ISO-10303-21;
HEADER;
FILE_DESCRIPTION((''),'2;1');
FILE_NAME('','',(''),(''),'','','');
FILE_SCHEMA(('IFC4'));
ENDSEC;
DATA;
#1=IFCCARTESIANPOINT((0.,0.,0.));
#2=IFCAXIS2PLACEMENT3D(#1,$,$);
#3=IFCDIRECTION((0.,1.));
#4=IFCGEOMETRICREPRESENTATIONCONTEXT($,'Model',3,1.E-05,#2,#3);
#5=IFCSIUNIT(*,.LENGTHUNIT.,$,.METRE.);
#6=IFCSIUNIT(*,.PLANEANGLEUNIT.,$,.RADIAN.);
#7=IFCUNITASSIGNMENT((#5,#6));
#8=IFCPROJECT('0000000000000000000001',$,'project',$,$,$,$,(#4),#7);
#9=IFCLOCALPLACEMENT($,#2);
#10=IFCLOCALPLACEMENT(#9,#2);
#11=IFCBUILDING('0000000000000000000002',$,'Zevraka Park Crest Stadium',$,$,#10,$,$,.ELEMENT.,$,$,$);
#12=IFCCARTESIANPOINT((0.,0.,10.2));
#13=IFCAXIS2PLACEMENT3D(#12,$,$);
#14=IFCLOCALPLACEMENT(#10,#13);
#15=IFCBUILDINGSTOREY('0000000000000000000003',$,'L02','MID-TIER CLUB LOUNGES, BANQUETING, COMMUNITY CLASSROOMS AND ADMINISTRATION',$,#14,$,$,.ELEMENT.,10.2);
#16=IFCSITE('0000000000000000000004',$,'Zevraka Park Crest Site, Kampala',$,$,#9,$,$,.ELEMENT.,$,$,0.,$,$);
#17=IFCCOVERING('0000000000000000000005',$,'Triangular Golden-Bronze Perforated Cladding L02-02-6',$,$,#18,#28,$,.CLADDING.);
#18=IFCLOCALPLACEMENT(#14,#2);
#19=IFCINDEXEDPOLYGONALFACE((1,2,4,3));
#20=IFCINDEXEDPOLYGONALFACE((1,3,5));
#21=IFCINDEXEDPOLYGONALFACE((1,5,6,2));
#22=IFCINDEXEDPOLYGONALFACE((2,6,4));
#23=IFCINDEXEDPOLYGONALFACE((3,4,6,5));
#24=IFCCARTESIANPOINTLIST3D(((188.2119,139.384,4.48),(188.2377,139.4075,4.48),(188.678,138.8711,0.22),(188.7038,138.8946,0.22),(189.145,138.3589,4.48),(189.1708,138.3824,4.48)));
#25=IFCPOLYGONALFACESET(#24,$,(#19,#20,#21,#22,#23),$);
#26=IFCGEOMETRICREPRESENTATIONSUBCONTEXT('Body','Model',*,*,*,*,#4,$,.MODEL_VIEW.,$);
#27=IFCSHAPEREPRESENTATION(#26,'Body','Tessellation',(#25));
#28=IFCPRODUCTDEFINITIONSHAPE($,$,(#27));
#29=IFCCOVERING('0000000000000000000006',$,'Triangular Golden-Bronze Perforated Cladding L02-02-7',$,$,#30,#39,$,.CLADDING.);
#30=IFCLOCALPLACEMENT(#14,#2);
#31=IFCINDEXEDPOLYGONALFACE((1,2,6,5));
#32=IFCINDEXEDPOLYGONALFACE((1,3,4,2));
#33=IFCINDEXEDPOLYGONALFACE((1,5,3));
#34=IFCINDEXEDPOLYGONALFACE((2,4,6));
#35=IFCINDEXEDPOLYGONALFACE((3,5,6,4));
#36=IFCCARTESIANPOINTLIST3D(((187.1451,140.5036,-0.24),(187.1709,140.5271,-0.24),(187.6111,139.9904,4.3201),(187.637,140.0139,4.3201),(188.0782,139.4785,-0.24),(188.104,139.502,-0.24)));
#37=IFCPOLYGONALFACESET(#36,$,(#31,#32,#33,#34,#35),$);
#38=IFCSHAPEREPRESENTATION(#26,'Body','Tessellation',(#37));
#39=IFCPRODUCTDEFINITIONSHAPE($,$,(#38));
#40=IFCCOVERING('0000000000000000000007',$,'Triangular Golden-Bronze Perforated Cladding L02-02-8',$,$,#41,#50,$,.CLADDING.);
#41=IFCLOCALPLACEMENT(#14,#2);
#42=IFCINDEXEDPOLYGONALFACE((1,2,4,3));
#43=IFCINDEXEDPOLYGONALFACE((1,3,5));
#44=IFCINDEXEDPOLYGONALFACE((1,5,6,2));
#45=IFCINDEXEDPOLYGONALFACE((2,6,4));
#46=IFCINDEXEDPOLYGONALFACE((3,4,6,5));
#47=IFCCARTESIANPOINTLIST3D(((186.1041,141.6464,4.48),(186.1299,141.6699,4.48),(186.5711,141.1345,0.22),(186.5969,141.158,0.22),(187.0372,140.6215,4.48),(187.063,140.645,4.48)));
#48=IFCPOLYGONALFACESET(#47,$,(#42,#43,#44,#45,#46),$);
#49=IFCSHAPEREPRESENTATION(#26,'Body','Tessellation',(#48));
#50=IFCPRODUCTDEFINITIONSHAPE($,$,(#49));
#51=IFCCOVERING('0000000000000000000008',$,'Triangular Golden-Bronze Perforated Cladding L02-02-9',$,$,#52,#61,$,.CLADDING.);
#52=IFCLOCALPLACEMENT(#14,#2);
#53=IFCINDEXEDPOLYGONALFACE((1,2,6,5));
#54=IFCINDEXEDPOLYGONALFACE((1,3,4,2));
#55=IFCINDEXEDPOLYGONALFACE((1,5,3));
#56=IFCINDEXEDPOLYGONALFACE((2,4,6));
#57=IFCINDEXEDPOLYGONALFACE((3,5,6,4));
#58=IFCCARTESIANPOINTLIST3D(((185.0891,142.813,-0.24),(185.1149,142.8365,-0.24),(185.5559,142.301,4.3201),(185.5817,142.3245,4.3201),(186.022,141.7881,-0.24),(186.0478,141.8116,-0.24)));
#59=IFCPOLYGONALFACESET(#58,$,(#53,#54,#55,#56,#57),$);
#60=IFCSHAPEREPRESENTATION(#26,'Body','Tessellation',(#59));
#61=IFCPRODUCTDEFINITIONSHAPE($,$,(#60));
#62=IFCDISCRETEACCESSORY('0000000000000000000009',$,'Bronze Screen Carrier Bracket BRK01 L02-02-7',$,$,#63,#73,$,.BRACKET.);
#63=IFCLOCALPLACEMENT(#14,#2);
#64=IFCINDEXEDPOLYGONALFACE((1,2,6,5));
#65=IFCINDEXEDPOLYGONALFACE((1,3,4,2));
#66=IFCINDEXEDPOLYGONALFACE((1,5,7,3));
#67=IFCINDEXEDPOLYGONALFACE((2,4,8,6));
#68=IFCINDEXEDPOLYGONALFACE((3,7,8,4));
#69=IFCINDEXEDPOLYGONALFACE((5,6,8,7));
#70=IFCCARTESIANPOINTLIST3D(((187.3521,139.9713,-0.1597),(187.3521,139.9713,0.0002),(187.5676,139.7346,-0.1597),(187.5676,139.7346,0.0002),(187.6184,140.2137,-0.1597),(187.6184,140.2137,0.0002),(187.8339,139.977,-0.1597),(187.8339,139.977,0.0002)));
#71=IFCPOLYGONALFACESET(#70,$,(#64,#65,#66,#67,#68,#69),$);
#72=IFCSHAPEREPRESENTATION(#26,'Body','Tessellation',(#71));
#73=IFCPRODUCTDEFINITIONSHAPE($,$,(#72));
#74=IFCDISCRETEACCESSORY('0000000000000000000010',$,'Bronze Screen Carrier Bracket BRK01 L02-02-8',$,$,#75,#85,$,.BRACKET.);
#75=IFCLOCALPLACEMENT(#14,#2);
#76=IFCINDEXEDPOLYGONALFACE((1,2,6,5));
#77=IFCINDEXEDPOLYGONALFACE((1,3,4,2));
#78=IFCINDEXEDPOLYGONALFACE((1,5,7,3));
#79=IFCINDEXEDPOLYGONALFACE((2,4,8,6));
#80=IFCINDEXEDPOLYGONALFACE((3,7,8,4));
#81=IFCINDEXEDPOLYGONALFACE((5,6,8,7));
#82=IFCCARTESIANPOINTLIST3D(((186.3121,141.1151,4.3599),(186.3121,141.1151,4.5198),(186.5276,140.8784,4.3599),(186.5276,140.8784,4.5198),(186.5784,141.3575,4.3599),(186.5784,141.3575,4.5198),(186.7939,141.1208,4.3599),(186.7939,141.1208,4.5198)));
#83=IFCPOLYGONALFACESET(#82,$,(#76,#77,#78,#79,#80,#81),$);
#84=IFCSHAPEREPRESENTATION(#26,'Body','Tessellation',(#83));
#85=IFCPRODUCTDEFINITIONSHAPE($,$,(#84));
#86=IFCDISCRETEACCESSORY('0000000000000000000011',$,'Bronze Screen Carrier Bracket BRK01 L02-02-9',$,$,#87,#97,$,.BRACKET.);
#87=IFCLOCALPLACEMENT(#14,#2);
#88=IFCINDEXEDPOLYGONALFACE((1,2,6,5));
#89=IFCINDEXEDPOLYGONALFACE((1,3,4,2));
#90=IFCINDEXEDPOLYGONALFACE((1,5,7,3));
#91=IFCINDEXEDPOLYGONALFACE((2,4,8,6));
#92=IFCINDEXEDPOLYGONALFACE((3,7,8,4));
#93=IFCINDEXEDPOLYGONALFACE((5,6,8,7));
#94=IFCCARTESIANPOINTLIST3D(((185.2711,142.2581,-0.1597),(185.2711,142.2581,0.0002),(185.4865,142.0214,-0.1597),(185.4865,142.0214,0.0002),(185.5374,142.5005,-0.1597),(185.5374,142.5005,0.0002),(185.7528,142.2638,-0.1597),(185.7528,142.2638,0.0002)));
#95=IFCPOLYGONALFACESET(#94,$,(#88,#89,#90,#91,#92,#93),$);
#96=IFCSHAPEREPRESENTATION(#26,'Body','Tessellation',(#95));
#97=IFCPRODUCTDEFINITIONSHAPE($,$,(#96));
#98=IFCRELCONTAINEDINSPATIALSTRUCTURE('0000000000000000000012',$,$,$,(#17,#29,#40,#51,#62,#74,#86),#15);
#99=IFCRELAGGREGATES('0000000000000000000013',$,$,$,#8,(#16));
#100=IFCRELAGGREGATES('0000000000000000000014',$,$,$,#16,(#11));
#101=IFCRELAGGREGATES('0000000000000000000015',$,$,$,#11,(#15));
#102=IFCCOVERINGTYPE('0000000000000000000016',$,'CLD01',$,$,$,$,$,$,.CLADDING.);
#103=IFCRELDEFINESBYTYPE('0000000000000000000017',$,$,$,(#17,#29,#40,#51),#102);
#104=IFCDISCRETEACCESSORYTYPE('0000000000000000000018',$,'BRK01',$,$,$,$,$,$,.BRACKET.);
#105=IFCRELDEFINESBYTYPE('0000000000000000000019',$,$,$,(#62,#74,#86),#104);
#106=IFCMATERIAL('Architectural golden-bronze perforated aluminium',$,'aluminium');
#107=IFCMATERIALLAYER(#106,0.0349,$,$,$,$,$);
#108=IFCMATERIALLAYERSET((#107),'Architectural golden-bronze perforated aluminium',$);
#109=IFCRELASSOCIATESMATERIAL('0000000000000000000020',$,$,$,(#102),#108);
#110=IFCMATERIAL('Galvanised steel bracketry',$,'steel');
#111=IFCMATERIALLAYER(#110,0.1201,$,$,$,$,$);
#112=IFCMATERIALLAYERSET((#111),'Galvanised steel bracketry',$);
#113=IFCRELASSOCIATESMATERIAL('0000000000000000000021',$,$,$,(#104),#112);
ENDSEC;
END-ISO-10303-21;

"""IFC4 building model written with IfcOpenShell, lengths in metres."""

from ifc_helpers import new_model, si_unit, direction, frame, origin, origin_2d, place, context, subcontext, project, spatial, polyline, rectangle, outline, extrude, material, layer, layer_set, type_object, element, save


model = new_model("IFC4")

# Units and contexts
model_context = context("Model", 3, precision=1e-05, world=origin(), true_north=direction((0.0, 1.0)))
body_context = subcontext(model_context, "Body", "Model", "MODEL_VIEW")
ifc_project = project(units=[si_unit("LENGTHUNIT", "METRE"), si_unit("PLANEANGLEUNIT", "RADIAN")], contexts=[model_context])

# Site, building, storey
site_placement = place(None, origin())
site = spatial("IfcSite", under=ifc_project, at=site_placement, Name="Zevraka Park Crest Site, Kampala", CompositionType="ELEMENT", RefElevation=0.0)
building_placement = place(site_placement, origin())
building = spatial("IfcBuilding", under=site, at=building_placement, Name="Zevraka Park Crest Stadium", CompositionType="ELEMENT")
storey_placement = place(building_placement, frame((0.0, 0.0, 10.2)))
storey = spatial("IfcBuildingStorey", under=building, at=storey_placement, Name="L02", Description="MID-TIER CLUB LOUNGES, BANQUETING, COMMUNITY CLASSROOMS AND ADMINISTRATION", CompositionType="ELEMENT", Elevation=10.2)

# Coverings
ifc_material_1 = material(Name="Architectural golden-bronze perforated aluminium", Category="aluminium")
ifc_layer_1 = layer(ifc_material_1, 0.0349)
ifc_layer_set_1 = layer_set([ifc_layer_1], Name="Architectural golden-bronze perforated aluminium")
covering_type = type_object("IfcCoveringType", Name="CLD01", PredefinedType="CLADDING", material=ifc_layer_set_1)
covering_1_placement = place(storey_placement, frame((188.2119, 139.384, 4.48), z_axis=(-0.739526, -0.673128, 0.000143), x_axis=(0.673129, -0.739526, 0.0)))
element("IfcCovering", 1, at=covering_1_placement, inside=storey, type_object=covering_type, Name="Triangular Golden-Bronze Perforated Cladding L02-02-6", PredefinedType="CLADDING", context=body_context, shape_type="SweptSolid", body=[
    extrude(outline(polyline([(0.0, 0.0), (1.3862, 0.0), (0.6931, -4.26), (0.0, 0.0)])), origin(), (0.0, 0.0, -1.0), 0.0349),
])
covering_2_placement = place(storey_placement, frame((188.104, 139.502, -0.24), z_axis=(0.739526, 0.673128, 0.000169), x_axis=(-0.673129, 0.739526, 0.0)))
element("IfcCovering", 2, at=covering_2_placement, inside=storey, type_object=covering_type, Name="Triangular Golden-Bronze Perforated Cladding L02-02-7", PredefinedType="CLADDING", context=body_context, shape_type="SweptSolid", body=[
    extrude(outline(polyline([(0.0, 0.0), (1.3862, 0.0), (0.693, 4.5601), (0.0, 0.0)])), origin(), (0.0, 0.0, -1.0), 0.0349),
])
covering_3_placement = place(storey_placement, frame((186.1299, 141.6699, 4.48), z_axis=(0.739446, 0.673216, 0.000162), x_axis=(0.673216, -0.739446, 0.0)))
element("IfcCovering", 3, at=covering_3_placement, inside=storey, type_object=covering_type, Name="Triangular Golden-Bronze Perforated Cladding L02-02-8", PredefinedType="CLADDING", context=body_context, shape_type="SweptSolid", body=[
    extrude(outline(polyline([(0.0, 0.0), (1.386, 0.0), (0.693, 4.26), (0.0, 0.0)])), origin(), (0.0, 0.0, -1.0), 0.0349),
])
covering_4_placement = place(storey_placement, frame((186.022, 141.7881, -0.24), z_axis=(-0.739533, -0.67312, 0.000131), x_axis=(-0.67312, 0.739533, 0.0)))
element("IfcCovering", 4, at=covering_4_placement, inside=storey, type_object=covering_type, Name="Triangular Golden-Bronze Perforated Cladding L02-02-9", PredefinedType="CLADDING", context=body_context, shape_type="SweptSolid", body=[
    extrude(outline(polyline([(0.0, 0.0), (1.3859, 0.0), (0.6931, -4.5601), (0.0, 0.0)])), origin(), (0.0, 0.0, -1.0), 0.0349),
])

# Discrete accessories
ifc_material_2 = material(Name="Galvanised steel bracketry", Category="steel")
ifc_layer_2 = layer(ifc_material_2, 0.1201)
ifc_layer_set_2 = layer_set([ifc_layer_2], Name="Galvanised steel bracketry")
discrete_accessory_type = type_object("IfcDiscreteAccessoryType", Name="BRK01", PredefinedType="BRACKET", material=ifc_layer_set_2)
for number, where, z_axis, x_axis, name in (
    (5, (187.593, 139.9741, -0.1597), (0.0, 0.0, 1.0), (-0.673142, 0.739514, 0.0), "Bronze Screen Carrier Bracket BRK01 L02-02-7"),
    (6, (186.553, 141.1179, 4.3599), (0.0, 0.0, 1.0), (-0.673142, 0.739514, 0.0), "Bronze Screen Carrier Bracket BRK01 L02-02-8"),
    (7, (185.512, 142.261, -0.1597), (0.0, 0.0, 1.0), (-0.673142, 0.739514, 0.0), "Bronze Screen Carrier Bracket BRK01 L02-02-9"),
):
    element("IfcDiscreteAccessory", number, at=place(storey_placement, frame(where, z_axis=z_axis, x_axis=x_axis)), inside=storey, type_object=discrete_accessory_type, Name=name, PredefinedType="BRACKET", context=body_context, shape_type="SweptSolid", body=[
        extrude(rectangle(XDim=0.3201, YDim=0.3601, at=origin_2d()), origin(), (0.0, 0.0, 1.0), 0.1599),
    ])

save(model, "model.ifc")
